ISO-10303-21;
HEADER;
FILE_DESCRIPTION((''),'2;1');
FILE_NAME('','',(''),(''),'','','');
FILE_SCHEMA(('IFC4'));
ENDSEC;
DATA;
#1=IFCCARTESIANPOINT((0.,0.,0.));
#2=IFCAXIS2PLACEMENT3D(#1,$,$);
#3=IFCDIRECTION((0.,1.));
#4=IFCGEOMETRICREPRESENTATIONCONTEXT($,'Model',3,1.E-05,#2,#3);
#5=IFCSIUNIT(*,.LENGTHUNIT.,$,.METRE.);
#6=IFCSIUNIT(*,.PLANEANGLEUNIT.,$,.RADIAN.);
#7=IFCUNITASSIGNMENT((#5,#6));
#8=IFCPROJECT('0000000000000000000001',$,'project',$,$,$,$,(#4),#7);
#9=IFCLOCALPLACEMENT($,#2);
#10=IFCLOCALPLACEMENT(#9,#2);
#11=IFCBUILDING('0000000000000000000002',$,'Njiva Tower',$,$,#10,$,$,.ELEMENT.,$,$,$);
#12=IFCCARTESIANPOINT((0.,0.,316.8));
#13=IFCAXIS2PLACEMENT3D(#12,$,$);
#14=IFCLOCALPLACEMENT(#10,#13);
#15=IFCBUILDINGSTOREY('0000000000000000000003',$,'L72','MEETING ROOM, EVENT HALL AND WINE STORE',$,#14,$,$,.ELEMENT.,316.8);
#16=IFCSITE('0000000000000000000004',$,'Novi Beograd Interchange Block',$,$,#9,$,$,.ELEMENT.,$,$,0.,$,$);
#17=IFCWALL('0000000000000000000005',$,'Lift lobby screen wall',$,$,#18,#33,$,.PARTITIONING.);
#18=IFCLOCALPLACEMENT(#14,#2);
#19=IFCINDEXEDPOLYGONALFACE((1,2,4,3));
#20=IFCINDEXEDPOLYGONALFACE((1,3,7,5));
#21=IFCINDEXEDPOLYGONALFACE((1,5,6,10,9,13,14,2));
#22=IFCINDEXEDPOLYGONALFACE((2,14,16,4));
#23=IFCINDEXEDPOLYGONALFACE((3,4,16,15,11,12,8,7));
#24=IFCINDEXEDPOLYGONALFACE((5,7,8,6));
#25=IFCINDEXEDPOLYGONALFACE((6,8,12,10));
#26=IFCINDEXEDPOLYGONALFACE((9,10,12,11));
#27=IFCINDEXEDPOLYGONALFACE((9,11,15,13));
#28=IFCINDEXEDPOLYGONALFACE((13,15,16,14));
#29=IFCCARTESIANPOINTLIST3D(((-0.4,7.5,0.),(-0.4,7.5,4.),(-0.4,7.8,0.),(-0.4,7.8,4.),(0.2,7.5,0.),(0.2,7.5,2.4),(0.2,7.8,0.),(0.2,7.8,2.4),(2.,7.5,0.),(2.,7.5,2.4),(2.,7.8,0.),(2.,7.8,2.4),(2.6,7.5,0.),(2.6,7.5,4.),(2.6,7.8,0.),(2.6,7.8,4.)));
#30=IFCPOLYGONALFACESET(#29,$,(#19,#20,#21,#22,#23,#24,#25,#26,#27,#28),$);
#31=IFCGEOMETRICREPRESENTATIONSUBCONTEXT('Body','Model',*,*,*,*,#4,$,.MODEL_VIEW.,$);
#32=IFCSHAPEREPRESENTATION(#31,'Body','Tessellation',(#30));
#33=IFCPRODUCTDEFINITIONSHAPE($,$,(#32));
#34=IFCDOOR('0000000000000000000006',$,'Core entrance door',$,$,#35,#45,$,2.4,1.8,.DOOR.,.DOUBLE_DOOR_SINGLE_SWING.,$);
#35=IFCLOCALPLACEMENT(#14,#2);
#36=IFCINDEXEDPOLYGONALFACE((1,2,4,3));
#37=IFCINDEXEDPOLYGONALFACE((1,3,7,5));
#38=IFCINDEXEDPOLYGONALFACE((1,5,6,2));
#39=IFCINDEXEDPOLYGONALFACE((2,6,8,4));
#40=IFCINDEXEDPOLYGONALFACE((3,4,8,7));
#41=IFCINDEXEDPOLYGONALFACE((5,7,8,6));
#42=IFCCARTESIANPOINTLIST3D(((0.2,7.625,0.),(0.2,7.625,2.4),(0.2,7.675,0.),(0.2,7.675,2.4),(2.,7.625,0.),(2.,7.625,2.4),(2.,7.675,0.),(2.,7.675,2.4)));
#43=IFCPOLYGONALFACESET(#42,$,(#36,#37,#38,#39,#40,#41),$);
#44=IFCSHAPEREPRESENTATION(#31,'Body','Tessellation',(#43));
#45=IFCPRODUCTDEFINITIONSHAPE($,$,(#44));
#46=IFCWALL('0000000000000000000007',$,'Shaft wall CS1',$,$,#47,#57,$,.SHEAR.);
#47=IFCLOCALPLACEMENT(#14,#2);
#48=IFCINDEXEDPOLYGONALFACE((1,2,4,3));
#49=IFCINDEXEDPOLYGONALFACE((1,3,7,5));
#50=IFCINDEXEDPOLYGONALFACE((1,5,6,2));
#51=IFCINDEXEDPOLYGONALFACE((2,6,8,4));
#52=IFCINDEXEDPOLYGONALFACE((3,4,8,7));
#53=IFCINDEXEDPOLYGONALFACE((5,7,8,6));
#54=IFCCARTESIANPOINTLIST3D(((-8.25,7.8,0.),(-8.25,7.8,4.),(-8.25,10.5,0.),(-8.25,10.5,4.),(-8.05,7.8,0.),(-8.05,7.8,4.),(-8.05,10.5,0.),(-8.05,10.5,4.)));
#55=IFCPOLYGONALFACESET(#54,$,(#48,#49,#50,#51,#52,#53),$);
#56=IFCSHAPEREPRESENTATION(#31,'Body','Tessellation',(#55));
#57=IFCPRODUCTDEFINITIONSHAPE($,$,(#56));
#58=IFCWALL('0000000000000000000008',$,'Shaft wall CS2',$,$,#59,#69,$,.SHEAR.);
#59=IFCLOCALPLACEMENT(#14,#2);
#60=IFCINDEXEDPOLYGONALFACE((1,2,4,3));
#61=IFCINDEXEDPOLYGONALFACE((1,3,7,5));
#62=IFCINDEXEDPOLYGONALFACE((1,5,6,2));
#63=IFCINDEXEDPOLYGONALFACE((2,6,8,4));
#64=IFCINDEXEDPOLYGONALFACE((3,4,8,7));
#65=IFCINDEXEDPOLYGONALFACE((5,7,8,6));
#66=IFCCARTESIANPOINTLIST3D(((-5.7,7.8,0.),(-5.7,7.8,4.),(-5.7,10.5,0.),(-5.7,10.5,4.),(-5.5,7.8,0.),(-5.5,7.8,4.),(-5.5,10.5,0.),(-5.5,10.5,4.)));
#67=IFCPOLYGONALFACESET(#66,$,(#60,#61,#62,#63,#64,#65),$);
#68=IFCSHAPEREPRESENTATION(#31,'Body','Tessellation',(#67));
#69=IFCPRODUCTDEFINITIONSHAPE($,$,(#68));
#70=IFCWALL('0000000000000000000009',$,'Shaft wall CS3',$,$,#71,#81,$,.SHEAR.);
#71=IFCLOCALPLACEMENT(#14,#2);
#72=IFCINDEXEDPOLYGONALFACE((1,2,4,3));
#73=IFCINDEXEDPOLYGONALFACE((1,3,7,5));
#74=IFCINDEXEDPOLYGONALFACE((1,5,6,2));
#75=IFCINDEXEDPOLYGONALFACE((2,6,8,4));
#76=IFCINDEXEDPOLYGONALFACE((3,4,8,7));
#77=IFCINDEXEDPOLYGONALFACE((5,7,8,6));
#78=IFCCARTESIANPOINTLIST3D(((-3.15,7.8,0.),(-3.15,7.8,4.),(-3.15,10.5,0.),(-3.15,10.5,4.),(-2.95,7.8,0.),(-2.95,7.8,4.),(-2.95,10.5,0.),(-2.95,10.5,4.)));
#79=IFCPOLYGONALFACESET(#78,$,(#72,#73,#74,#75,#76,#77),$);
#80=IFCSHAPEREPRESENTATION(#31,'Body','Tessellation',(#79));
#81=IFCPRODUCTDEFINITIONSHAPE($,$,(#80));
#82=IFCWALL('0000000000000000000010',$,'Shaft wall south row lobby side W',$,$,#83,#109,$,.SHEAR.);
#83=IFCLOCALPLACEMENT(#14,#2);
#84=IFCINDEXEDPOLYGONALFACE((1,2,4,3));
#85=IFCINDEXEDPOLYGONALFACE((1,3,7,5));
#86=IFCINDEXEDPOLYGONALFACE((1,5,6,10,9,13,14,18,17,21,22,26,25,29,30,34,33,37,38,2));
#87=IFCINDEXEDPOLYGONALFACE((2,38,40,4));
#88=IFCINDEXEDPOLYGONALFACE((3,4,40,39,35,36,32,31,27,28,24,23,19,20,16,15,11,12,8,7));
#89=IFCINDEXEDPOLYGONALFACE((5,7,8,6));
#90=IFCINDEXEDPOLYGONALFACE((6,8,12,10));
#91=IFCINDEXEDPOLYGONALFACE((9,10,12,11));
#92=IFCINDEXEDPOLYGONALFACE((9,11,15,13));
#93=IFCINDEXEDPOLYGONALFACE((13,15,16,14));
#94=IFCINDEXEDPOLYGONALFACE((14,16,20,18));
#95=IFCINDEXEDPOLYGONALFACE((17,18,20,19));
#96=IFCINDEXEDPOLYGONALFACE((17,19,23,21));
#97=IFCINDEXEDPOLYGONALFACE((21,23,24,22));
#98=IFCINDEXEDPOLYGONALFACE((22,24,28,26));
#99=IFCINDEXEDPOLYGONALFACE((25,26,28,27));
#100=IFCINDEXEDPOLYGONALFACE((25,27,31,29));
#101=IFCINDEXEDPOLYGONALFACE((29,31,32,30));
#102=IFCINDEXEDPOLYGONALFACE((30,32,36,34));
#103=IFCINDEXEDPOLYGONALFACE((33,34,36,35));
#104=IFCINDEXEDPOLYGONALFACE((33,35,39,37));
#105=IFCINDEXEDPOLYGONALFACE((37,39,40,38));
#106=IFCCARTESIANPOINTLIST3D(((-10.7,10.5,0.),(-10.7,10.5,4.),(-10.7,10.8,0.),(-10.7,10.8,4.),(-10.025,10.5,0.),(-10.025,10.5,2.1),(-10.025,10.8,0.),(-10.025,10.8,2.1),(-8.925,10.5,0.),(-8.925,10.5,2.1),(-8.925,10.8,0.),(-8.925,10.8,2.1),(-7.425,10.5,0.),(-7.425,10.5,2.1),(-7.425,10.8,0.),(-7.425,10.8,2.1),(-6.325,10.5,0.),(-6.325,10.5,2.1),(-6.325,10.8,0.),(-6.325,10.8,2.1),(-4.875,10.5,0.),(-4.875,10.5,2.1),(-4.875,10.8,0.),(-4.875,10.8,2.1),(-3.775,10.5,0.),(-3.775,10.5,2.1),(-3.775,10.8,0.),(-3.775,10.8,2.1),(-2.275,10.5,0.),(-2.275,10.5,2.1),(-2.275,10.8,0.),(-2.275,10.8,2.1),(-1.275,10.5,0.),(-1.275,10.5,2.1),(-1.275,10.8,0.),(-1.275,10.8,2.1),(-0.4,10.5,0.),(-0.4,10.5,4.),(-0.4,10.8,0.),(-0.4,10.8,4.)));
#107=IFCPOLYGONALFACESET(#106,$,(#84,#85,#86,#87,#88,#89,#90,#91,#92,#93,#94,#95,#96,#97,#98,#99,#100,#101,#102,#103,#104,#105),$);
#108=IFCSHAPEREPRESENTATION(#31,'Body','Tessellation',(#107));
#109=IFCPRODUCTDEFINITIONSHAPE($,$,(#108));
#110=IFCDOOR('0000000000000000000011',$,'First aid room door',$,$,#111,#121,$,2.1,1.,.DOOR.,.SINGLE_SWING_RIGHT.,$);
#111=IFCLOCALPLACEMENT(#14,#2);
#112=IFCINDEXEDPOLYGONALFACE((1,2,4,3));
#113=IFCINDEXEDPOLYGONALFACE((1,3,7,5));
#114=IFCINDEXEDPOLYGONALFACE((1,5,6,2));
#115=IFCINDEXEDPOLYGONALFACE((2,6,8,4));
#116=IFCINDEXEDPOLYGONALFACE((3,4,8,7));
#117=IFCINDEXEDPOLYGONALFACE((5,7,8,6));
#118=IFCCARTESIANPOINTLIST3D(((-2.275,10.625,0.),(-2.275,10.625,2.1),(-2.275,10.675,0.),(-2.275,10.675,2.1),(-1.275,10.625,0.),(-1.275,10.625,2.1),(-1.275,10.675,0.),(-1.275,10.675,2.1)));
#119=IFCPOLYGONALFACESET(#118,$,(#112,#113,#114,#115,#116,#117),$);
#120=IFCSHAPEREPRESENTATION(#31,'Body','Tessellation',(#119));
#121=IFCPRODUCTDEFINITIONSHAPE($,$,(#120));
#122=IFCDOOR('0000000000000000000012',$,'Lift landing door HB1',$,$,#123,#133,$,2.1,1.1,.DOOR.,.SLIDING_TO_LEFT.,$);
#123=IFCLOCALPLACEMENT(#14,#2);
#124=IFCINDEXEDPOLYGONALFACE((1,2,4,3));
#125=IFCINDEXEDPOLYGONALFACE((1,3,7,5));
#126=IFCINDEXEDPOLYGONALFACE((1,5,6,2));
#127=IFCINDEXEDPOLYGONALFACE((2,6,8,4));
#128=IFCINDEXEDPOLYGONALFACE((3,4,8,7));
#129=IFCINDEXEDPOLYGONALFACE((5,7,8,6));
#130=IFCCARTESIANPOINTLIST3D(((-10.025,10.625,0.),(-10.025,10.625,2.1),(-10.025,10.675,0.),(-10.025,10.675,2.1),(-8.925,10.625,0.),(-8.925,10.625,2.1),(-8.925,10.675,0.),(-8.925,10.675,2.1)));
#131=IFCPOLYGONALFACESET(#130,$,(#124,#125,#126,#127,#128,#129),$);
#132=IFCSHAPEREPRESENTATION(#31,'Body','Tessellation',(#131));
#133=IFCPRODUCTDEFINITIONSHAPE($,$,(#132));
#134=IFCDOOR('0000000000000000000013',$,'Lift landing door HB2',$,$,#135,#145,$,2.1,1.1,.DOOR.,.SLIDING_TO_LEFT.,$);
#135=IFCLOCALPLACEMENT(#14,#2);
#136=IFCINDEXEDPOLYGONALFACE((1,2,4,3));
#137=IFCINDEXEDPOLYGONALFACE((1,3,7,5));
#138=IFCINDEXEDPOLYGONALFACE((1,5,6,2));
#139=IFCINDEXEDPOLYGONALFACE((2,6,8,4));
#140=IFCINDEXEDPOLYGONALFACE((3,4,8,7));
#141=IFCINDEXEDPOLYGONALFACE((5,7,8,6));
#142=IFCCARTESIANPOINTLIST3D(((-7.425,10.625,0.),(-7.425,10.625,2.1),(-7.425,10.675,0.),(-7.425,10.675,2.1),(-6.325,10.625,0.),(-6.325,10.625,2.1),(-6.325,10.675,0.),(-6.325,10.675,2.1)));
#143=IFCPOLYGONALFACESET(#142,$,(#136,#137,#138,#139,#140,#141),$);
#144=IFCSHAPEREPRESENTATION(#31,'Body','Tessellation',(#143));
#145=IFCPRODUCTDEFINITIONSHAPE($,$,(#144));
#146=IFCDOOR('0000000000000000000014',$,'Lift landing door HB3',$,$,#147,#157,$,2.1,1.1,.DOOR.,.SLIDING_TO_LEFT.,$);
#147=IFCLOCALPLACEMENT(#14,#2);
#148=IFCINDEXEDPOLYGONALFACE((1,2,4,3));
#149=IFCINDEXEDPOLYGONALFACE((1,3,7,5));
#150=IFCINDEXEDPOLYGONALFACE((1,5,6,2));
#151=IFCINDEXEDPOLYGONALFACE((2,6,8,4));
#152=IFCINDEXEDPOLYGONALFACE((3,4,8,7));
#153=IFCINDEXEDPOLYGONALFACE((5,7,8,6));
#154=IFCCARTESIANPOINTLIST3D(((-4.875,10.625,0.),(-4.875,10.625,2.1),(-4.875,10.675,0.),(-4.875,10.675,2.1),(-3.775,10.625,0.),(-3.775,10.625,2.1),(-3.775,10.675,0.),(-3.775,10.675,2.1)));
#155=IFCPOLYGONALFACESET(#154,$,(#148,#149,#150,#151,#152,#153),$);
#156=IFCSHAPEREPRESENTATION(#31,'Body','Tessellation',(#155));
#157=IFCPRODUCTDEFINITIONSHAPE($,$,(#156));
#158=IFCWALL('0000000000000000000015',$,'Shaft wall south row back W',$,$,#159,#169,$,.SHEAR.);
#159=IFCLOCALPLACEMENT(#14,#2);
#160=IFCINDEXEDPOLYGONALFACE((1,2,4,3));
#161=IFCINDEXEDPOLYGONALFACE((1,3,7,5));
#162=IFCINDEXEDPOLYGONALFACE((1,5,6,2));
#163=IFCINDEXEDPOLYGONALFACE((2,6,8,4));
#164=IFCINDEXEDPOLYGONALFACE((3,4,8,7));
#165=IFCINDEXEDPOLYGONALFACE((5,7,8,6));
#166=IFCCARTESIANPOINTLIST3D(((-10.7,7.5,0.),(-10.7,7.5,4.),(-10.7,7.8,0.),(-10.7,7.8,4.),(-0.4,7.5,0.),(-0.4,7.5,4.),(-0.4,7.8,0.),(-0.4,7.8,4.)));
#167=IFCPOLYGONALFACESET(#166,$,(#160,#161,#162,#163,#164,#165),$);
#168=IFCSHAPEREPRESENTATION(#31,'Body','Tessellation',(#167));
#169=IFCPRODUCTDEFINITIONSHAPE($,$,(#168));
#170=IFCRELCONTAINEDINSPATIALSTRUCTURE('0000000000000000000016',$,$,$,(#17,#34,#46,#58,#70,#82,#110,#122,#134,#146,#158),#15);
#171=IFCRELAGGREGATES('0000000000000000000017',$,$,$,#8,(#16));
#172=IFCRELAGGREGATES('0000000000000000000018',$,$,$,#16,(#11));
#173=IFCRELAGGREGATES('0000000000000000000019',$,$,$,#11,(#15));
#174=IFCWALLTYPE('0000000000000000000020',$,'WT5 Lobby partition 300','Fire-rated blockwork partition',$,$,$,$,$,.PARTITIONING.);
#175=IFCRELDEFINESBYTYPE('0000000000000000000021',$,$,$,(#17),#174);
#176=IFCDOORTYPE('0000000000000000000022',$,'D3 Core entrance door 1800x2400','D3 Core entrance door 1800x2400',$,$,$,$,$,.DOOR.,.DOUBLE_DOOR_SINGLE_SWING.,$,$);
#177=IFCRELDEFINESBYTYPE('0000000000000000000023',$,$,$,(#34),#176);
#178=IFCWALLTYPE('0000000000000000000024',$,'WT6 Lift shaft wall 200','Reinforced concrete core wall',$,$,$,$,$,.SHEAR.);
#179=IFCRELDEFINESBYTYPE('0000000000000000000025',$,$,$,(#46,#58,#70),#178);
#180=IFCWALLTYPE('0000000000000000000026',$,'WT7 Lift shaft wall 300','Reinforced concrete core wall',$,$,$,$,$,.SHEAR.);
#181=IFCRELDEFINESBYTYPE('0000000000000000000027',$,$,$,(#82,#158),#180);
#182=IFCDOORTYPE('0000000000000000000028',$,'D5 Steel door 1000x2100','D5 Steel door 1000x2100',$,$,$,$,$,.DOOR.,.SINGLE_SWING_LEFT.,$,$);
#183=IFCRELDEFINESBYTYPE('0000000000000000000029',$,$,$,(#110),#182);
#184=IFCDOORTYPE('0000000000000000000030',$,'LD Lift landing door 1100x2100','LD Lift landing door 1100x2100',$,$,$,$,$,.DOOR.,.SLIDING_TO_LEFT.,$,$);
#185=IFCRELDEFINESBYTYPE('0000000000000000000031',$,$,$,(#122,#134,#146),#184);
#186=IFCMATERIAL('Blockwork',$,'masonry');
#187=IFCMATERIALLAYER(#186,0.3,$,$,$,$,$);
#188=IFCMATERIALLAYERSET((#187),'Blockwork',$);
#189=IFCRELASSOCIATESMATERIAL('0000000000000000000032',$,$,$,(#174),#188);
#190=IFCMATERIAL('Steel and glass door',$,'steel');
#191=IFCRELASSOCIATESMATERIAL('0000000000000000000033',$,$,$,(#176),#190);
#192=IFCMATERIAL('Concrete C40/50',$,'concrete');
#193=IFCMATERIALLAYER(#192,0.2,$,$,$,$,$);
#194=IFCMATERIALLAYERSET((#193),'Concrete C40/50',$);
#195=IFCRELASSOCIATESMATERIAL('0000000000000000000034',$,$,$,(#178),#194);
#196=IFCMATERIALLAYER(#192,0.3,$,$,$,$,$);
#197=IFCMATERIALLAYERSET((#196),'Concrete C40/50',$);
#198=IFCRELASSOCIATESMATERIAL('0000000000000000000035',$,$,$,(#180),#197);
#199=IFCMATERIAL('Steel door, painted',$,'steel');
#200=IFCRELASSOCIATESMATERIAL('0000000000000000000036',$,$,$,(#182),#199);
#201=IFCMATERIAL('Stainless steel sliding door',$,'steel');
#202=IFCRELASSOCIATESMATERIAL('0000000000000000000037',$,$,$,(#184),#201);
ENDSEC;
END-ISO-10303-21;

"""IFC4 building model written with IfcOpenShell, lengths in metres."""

from ifc_helpers import new_model, si_unit, direction, frame, frame_2d, origin, place, context, subcontext, project, spatial, rectangle, extrude, material, layer, layer_set, type_object, element, fill, save


model = new_model("IFC4")

# Units and contexts
model_context = context("Model", 3, precision=1e-05, world=origin(), true_north=direction((0.0, 1.0)))
body_context = subcontext(model_context, "Body", "Model", "MODEL_VIEW")
ifc_project = project(units=[si_unit("LENGTHUNIT", "METRE"), si_unit("PLANEANGLEUNIT", "RADIAN")], contexts=[model_context])

# Site, building, storey
site_placement = place(None, origin())
site = spatial("IfcSite", under=ifc_project, at=site_placement, Name="Novi Beograd Interchange Block", CompositionType="ELEMENT", RefElevation=0.0)
building_placement = place(site_placement, origin())
building = spatial("IfcBuilding", under=site, at=building_placement, Name="Njiva Tower", CompositionType="ELEMENT")
storey_placement = place(building_placement, frame((0.0, 0.0, 316.8)))
storey = spatial("IfcBuildingStorey", under=building, at=storey_placement, Name="L72", Description="MEETING ROOM, EVENT HALL AND WINE STORE", CompositionType="ELEMENT", Elevation=316.8)

# Shared definitions
ifc_material_1 = material(Name="Blockwork", Category="masonry")

# Shared definitions
ifc_material_2 = material(Name="Concrete C40/50", Category="concrete")
ifc_material_3 = material(Name="Steel door, painted", Category="steel")

# Wall, opening, door
ifc_layer_1 = layer(ifc_material_1, 0.3)
ifc_layer_set_1 = layer_set([ifc_layer_1], Name="Blockwork")
wall_type_1 = type_object("IfcWallType", Name="WT5 Lobby partition 300", Description="Fire-rated blockwork partition", PredefinedType="PARTITIONING", material=ifc_layer_set_1)
wall_1_placement = place(storey_placement, frame((-0.4, 7.65, 0.0), z_axis=(0.0, 0.0, 1.0), x_axis=(1.0, 0.0, 0.0)))
wall_1 = element("IfcWall", 1, at=wall_1_placement, inside=storey, type_object=wall_type_1, Name="Lift lobby screen wall", PredefinedType="PARTITIONING", context=body_context, shape_type="SweptSolid", body=[
    extrude(rectangle(XDim=3.0, YDim=0.3, at=frame_2d((1.5, 0.0))), origin(), (0.0, 0.0, 1.0), 4.0),
])
opening_1_placement = place(wall_1_placement, frame((0.6, 0.0, 0.0)))
opening_1 = element("IfcOpeningElement", 2, at=opening_1_placement, cuts=wall_1, PredefinedType="OPENING", context=body_context, shape_type="SweptSolid", body=[
    extrude(rectangle(XDim=1.8, YDim=2.4, at=frame_2d((0.9, 1.2))), frame((0.0, 0.16, 0.0), z_axis=(0.0, -1.0, 0.0), x_axis=(1.0, 0.0, 0.0)), (0.0, 0.0, 1.0), 0.32),
])
ifc_material_4 = material(Name="Steel and glass door", Category="steel")
door_type_1 = type_object("IfcDoorType", Name="D3 Core entrance door 1800x2400", Description="D3 Core entrance door 1800x2400", OperationType="DOUBLE_DOOR_SINGLE_SWING", PredefinedType="DOOR", material=ifc_material_4)
door_1_placement = place(opening_1_placement, origin())
door_1 = element("IfcDoor", 3, at=door_1_placement, inside=storey, type_object=door_type_1, Name="Core entrance door", OperationType="DOUBLE_DOOR_SINGLE_SWING", OverallHeight=2.4, OverallWidth=1.8, PredefinedType="DOOR", context=body_context, shape_type="SweptSolid", body=[
    extrude(rectangle(XDim=1.8, YDim=2.4, at=frame_2d((0.9, 1.2))), frame((0.0, 0.025, 0.0), z_axis=(0.0, -1.0, 0.0), x_axis=(1.0, 0.0, 0.0)), (0.0, 0.0, 1.0), 0.05),
])
fill(opening_1, door_1)

# Walls
ifc_layer_2 = layer(ifc_material_2, 0.2)
ifc_layer_set_2 = layer_set([ifc_layer_2], Name="Concrete C40/50")
wall_type_2 = type_object("IfcWallType", Name="WT6 Lift shaft wall 200", Description="Reinforced concrete core wall", PredefinedType="SHEAR", material=ifc_layer_set_2)
for number, where, z_axis, x_axis, name in (
    (4, (-8.15, 7.8, 0.0), (0.0, 0.0, 1.0), (0.0, 1.0, 0.0), "Shaft wall CS1"),
    (5, (-5.6, 7.8, 0.0), (0.0, 0.0, 1.0), (0.0, 1.0, 0.0), "Shaft wall CS2"),
    (6, (-3.05, 7.8, 0.0), (0.0, 0.0, 1.0), (0.0, 1.0, 0.0), "Shaft wall CS3"),
):
    element("IfcWall", number, at=place(storey_placement, frame(where, z_axis=z_axis, x_axis=x_axis)), inside=storey, type_object=wall_type_2, Name=name, PredefinedType="SHEAR", context=body_context, shape_type="SweptSolid", body=[
        extrude(rectangle(XDim=2.7, YDim=0.2, at=frame_2d((1.35, 0.0))), origin(), (0.0, 0.0, 1.0), 4.0),
    ])

# Wall, openings, doors
ifc_layer_3 = layer(ifc_material_2, 0.3)
ifc_layer_set_3 = layer_set([ifc_layer_3], Name="Concrete C40/50")
wall_type_3 = type_object("IfcWallType", Name="WT7 Lift shaft wall 300", Description="Reinforced concrete core wall", PredefinedType="SHEAR", material=ifc_layer_set_3)
wall_2_placement = place(storey_placement, frame((-10.7, 10.65, 0.0), z_axis=(0.0, 0.0, 1.0), x_axis=(1.0, 0.0, 0.0)))
wall_2 = element("IfcWall", 7, at=wall_2_placement, inside=storey, type_object=wall_type_3, Name="Shaft wall south row lobby side W", PredefinedType="SHEAR", context=body_context, shape_type="SweptSolid", body=[
    extrude(rectangle(XDim=10.3, YDim=0.3, at=frame_2d((5.15, 0.0))), origin(), (0.0, 0.0, 1.0), 4.0),
])
opening_2_placement = place(wall_2_placement, frame((0.675, 0.0, 0.0)))
opening_2 = element("IfcOpeningElement", 8, at=opening_2_placement, cuts=wall_2, PredefinedType="OPENING", context=body_context, shape_type="SweptSolid", body=[
    extrude(rectangle(XDim=1.1, YDim=2.1, at=frame_2d((0.55, 1.05))), frame((0.0, 0.16, 0.0), z_axis=(0.0, -1.0, 0.0), x_axis=(1.0, 0.0, 0.0)), (0.0, 0.0, 1.0), 0.32),
])
opening_3_placement = place(wall_2_placement, frame((3.275, 0.0, 0.0)))
opening_3 = element("IfcOpeningElement", 9, at=opening_3_placement, cuts=wall_2, PredefinedType="OPENING", context=body_context, shape_type="SweptSolid", body=[
    extrude(rectangle(XDim=1.1, YDim=2.1, at=frame_2d((0.55, 1.05))), frame((0.0, 0.16, 0.0), z_axis=(0.0, -1.0, 0.0), x_axis=(1.0, 0.0, 0.0)), (0.0, 0.0, 1.0), 0.32),
])
opening_4_placement = place(wall_2_placement, frame((5.825, 0.0, 0.0)))
opening_4 = element("IfcOpeningElement", 10, at=opening_4_placement, cuts=wall_2, PredefinedType="OPENING", context=body_context, shape_type="SweptSolid", body=[
    extrude(rectangle(XDim=1.1, YDim=2.1, at=frame_2d((0.55, 1.05))), frame((0.0, 0.16, 0.0), z_axis=(0.0, -1.0, 0.0), x_axis=(1.0, 0.0, 0.0)), (0.0, 0.0, 1.0), 0.32),
])
opening_5_placement = place(wall_2_placement, frame((8.425, 0.0, 0.0)))
opening_5 = element("IfcOpeningElement", 11, at=opening_5_placement, cuts=wall_2, PredefinedType="OPENING", context=body_context, shape_type="SweptSolid", body=[
    extrude(rectangle(XDim=1.0, YDim=2.1, at=frame_2d((0.5, 1.05))), frame((0.0, 0.16, 0.0), z_axis=(0.0, -1.0, 0.0), x_axis=(1.0, 0.0, 0.0)), (0.0, 0.0, 1.0), 0.32),
])
door_type_2 = type_object("IfcDoorType", Name="D5 Steel door 1000x2100", Description="D5 Steel door 1000x2100", OperationType="SINGLE_SWING_LEFT", PredefinedType="DOOR", material=ifc_material_3)
door_2_placement = place(opening_5_placement, origin())
door_2 = element("IfcDoor", 12, at=door_2_placement, inside=storey, type_object=door_type_2, Name="First aid room door", OperationType="SINGLE_SWING_RIGHT", OverallHeight=2.1, OverallWidth=1.0, PredefinedType="DOOR", context=body_context, shape_type="SweptSolid", body=[
    extrude(rectangle(XDim=1.0, YDim=2.1, at=frame_2d((0.5, 1.05))), frame((0.0, 0.025, 0.0), z_axis=(0.0, -1.0, 0.0), x_axis=(1.0, 0.0, 0.0)), (0.0, 0.0, 1.0), 0.05),
])
fill(opening_5, door_2)
ifc_material_5 = material(Name="Stainless steel sliding door", Category="steel")
door_type_3 = type_object("IfcDoorType", Name="LD Lift landing door 1100x2100", Description="LD Lift landing door 1100x2100", OperationType="SLIDING_TO_LEFT", PredefinedType="DOOR", material=ifc_material_5)
door_3_placement = place(opening_2_placement, origin())
door_3 = element("IfcDoor", 13, at=door_3_placement, inside=storey, type_object=door_type_3, Name="Lift landing door HB1", OperationType="SLIDING_TO_LEFT", OverallHeight=2.1, OverallWidth=1.1, PredefinedType="DOOR", context=body_context, shape_type="SweptSolid", body=[
    extrude(rectangle(XDim=1.1, YDim=2.1, at=frame_2d((0.55, 1.05))), frame((0.0, 0.025, 0.0), z_axis=(0.0, -1.0, 0.0), x_axis=(1.0, 0.0, 0.0)), (0.0, 0.0, 1.0), 0.05),
])
fill(opening_2, door_3)
door_4_placement = place(opening_3_placement, origin())
door_4 = element("IfcDoor", 14, at=door_4_placement, inside=storey, type_object=door_type_3, Name="Lift landing door HB2", OperationType="SLIDING_TO_LEFT", OverallHeight=2.1, OverallWidth=1.1, PredefinedType="DOOR", context=body_context, shape_type="SweptSolid", body=[
    extrude(rectangle(XDim=1.1, YDim=2.1, at=frame_2d((0.55, 1.05))), frame((0.0, 0.025, 0.0), z_axis=(0.0, -1.0, 0.0), x_axis=(1.0, 0.0, 0.0)), (0.0, 0.0, 1.0), 0.05),
])
fill(opening_3, door_4)
door_5_placement = place(opening_4_placement, origin())
door_5 = element("IfcDoor", 15, at=door_5_placement, inside=storey, type_object=door_type_3, Name="Lift landing door HB3", OperationType="SLIDING_TO_LEFT", OverallHeight=2.1, OverallWidth=1.1, PredefinedType="DOOR", context=body_context, shape_type="SweptSolid", body=[
    extrude(rectangle(XDim=1.1, YDim=2.1, at=frame_2d((0.55, 1.05))), frame((0.0, 0.025, 0.0), z_axis=(0.0, -1.0, 0.0), x_axis=(1.0, 0.0, 0.0)), (0.0, 0.0, 1.0), 0.05),
])
fill(opening_4, door_5)

# Wall
wall_3_placement = place(storey_placement, frame((-10.7, 7.65, 0.0), z_axis=(0.0, 0.0, 1.0), x_axis=(1.0, 0.0, 0.0)))
element("IfcWall", 16, at=wall_3_placement, inside=storey, type_object=wall_type_3, Name="Shaft wall south row back W", PredefinedType="SHEAR", context=body_context, shape_type="SweptSolid", body=[
    extrude(rectangle(XDim=10.3, YDim=0.3, at=frame_2d((5.15, 0.0))), origin(), (0.0, 0.0, 1.0), 4.0),
])

save(model, "model.ifc")
